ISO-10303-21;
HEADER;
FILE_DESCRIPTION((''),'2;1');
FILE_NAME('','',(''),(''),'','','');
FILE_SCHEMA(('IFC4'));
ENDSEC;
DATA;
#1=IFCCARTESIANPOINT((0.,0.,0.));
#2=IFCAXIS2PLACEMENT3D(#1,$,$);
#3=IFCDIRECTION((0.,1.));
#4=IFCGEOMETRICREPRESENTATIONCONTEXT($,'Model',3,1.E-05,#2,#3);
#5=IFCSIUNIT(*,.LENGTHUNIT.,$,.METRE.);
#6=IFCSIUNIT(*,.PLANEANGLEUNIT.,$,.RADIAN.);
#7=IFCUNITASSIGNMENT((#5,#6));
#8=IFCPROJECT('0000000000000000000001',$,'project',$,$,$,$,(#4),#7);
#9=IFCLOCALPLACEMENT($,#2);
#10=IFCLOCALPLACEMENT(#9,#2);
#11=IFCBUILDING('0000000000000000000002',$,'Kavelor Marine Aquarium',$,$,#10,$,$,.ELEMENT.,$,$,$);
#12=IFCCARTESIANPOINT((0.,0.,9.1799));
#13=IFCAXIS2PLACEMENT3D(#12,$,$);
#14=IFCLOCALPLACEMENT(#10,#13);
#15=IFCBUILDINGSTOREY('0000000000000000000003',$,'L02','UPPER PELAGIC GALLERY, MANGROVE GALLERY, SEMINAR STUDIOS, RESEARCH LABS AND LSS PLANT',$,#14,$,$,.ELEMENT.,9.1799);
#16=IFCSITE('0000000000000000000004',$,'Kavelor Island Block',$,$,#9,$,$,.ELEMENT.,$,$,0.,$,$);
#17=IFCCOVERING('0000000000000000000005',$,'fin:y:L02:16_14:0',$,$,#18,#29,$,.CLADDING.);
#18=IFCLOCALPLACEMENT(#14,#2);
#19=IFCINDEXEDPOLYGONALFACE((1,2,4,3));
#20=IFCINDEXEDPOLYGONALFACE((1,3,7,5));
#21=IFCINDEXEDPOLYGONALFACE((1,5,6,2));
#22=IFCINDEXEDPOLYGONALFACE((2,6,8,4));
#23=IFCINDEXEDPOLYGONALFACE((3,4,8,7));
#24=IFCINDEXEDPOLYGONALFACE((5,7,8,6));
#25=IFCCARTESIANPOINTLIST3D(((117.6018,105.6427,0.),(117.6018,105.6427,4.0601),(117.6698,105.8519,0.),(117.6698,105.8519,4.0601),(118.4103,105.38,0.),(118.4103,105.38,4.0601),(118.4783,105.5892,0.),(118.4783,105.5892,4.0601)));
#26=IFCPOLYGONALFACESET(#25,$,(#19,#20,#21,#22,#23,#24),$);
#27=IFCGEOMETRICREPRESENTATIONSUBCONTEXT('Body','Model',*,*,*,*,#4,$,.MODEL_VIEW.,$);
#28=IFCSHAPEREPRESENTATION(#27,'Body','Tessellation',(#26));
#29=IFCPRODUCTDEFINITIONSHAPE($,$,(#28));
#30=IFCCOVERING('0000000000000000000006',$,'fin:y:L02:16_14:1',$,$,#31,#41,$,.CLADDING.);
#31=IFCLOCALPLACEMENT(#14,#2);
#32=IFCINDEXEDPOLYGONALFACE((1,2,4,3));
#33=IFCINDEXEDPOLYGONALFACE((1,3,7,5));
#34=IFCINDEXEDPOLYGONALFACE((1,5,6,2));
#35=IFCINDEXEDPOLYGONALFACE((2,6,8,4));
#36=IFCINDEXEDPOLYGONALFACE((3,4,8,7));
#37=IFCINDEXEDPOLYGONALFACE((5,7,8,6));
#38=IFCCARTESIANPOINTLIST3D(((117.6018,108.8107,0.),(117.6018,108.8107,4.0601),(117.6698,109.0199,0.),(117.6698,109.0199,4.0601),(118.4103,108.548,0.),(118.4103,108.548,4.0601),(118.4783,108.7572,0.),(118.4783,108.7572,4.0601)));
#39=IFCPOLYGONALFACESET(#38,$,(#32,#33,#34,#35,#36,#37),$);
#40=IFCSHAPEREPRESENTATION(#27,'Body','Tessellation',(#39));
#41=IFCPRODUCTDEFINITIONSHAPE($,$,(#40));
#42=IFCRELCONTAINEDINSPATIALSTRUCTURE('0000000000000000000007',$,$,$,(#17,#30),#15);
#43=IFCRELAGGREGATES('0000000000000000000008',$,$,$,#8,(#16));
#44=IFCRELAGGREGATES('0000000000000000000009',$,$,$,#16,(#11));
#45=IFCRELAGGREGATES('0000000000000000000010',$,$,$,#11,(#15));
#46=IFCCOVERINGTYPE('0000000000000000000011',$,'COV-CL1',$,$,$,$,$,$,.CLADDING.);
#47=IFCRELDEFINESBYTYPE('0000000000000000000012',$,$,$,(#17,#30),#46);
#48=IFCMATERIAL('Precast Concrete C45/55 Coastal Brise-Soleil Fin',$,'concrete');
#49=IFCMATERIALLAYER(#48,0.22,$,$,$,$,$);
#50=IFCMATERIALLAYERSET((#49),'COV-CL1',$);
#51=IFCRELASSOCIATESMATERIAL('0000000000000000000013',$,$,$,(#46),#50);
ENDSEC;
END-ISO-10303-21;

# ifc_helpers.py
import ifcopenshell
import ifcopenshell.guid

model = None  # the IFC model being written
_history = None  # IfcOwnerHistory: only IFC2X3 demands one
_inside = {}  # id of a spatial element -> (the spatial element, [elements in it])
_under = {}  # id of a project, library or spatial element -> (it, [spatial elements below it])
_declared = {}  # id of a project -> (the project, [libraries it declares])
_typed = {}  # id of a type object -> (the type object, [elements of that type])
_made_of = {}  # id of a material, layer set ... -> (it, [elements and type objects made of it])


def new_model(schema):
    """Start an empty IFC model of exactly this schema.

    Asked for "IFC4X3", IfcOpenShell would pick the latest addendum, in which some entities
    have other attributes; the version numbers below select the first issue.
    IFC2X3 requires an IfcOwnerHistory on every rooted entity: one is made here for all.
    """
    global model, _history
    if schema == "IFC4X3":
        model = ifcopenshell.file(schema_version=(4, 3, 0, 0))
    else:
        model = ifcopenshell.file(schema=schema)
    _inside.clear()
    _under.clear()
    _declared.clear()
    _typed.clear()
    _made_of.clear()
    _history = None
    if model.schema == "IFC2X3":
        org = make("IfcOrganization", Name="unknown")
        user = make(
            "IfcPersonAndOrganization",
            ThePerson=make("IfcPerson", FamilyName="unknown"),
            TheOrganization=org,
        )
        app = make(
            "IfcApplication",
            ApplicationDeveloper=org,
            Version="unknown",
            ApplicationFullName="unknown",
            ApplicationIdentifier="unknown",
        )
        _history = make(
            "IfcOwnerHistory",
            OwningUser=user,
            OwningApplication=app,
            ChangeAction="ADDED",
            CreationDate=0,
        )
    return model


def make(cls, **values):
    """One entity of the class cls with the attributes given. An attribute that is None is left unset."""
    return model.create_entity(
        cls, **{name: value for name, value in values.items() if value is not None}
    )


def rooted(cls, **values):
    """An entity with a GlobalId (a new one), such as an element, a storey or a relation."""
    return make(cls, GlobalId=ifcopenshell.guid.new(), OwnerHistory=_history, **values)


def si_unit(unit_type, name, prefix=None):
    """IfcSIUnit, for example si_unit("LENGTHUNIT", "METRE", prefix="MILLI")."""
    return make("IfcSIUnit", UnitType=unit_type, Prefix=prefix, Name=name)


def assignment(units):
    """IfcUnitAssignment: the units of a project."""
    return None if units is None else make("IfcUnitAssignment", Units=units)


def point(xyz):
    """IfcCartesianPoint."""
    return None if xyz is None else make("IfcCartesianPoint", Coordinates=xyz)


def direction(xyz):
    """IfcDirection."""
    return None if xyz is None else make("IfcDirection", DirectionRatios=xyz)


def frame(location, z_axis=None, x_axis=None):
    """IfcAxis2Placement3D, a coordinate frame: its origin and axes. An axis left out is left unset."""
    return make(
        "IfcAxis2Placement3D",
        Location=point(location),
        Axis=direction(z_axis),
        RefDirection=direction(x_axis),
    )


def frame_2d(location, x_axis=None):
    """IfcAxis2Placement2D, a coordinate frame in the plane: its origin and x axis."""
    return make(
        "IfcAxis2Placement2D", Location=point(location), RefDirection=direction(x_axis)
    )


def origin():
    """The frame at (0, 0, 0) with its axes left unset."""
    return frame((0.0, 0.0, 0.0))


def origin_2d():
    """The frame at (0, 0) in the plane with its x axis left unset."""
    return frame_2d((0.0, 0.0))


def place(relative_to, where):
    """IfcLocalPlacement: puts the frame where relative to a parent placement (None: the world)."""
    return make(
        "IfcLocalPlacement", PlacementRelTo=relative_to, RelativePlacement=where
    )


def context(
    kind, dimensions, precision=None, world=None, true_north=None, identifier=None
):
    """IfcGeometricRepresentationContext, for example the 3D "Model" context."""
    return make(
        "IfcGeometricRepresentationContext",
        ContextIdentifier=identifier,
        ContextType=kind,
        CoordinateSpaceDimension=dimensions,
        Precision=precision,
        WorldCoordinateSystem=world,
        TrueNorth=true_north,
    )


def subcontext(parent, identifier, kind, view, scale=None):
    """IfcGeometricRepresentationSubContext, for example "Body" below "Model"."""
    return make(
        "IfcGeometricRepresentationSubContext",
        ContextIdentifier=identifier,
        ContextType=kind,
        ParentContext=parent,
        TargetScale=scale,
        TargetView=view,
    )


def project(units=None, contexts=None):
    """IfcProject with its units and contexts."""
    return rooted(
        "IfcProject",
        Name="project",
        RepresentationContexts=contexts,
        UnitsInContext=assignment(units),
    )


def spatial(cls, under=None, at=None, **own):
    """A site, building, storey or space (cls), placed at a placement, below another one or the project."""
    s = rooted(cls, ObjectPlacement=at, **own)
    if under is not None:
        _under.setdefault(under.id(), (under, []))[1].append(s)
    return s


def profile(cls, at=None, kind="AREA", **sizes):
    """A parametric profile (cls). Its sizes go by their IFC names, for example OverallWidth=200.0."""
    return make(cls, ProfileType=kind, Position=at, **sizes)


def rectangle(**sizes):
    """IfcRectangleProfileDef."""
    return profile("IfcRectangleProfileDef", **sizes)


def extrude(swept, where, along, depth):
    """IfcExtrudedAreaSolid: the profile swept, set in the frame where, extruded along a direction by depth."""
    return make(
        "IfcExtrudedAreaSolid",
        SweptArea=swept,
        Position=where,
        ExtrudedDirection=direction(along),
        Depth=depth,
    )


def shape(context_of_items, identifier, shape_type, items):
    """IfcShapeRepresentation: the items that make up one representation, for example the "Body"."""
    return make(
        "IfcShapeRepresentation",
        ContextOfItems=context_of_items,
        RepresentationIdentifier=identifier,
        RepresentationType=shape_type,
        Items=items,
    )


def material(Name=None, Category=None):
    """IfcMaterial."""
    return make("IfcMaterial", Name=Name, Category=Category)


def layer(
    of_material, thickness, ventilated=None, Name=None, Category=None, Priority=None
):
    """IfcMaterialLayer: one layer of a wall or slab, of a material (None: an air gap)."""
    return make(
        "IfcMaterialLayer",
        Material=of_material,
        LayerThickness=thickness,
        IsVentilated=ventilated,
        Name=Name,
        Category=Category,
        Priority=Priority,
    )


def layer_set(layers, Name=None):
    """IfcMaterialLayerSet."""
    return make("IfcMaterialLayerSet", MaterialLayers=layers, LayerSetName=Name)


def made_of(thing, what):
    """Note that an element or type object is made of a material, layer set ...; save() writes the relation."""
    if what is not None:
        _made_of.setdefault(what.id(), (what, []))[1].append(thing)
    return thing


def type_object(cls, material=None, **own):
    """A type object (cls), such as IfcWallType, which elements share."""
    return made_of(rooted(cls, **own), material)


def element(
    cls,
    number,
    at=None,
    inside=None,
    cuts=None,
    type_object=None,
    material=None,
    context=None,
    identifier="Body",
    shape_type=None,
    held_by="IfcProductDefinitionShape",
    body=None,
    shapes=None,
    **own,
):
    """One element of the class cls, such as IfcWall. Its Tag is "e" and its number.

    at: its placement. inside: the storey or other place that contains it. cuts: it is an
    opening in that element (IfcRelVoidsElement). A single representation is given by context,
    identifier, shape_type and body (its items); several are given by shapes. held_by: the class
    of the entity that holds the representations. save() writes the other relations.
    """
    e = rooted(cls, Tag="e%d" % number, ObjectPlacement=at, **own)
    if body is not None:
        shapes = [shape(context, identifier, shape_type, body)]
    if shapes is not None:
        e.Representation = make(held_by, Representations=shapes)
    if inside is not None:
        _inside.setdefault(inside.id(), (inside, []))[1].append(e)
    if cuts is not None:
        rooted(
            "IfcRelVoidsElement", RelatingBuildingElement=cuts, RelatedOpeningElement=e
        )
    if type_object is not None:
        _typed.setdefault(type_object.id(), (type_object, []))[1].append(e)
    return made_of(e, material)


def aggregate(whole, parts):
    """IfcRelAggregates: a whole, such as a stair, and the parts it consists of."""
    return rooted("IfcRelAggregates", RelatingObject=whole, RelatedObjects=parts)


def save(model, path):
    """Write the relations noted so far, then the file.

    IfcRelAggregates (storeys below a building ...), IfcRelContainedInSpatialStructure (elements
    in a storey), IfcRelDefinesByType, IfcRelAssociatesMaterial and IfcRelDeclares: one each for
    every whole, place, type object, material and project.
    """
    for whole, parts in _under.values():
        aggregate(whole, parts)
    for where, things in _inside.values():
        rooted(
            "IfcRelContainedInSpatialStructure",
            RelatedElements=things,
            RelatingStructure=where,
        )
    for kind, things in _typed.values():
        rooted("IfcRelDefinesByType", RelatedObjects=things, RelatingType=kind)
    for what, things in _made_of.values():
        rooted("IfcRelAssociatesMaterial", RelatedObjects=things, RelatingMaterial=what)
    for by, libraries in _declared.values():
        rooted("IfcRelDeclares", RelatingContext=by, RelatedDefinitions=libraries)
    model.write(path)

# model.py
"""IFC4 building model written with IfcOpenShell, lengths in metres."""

from ifc_helpers import new_model, si_unit, direction, frame, origin, origin_2d, place, context, subcontext, project, spatial, rectangle, extrude, material, layer, layer_set, type_object, element, save


model = new_model("IFC4")

# Units and contexts
model_context = context("Model", 3, precision=1e-05, world=origin(), true_north=direction((0.0, 1.0)))
body_context = subcontext(model_context, "Body", "Model", "MODEL_VIEW")
ifc_project = project(units=[si_unit("LENGTHUNIT", "METRE"), si_unit("PLANEANGLEUNIT", "RADIAN")], contexts=[model_context])

# Site, building, storey
site_placement = place(None, origin())
site = spatial("IfcSite", under=ifc_project, at=site_placement, Name="Kavelor Island Block", CompositionType="ELEMENT", RefElevation=0.0)
building_placement = place(site_placement, origin())
building = spatial("IfcBuilding", under=site, at=building_placement, Name="Kavelor Marine Aquarium", CompositionType="ELEMENT")
storey_placement = place(building_placement, frame((0.0, 0.0, 9.1799)))
storey = spatial("IfcBuildingStorey", under=building, at=storey_placement, Name="L02", Description="UPPER PELAGIC GALLERY, MANGROVE GALLERY, SEMINAR STUDIOS, RESEARCH LABS AND LSS PLANT", CompositionType="ELEMENT", Elevation=9.1799)

# Coverings
ifc_material_1 = material(Name="Precast Concrete C45/55 Coastal Brise-Soleil Fin", Category="concrete")
ifc_layer_1 = layer(ifc_material_1, 0.22)
ifc_layer_set_1 = layer_set([ifc_layer_1], Name="COV-CL1")
covering_type = type_object("IfcCoveringType", Name="COV-CL1", PredefinedType="CLADDING", material=ifc_layer_set_1)
for number, where, z_axis, x_axis, name in (
    (1, (118.04, 105.616, 0.0), (0.0, 0.0, 1.0), (0.951057, -0.309017, 0.0), "fin:y:L02:16_14:0"),
    (2, (118.04, 108.7839, 0.0), (0.0, 0.0, 1.0), (0.951057, -0.309017, 0.0), "fin:y:L02:16_14:1"),
):
    element("IfcCovering", number, at=place(storey_placement, frame(where, z_axis=z_axis, x_axis=x_axis)), inside=storey, type_object=covering_type, Name=name, PredefinedType="CLADDING", context=body_context, shape_type="SweptSolid", body=[
        extrude(rectangle(XDim=0.8501, YDim=0.22, at=origin_2d()), origin(), (0.0, 0.0, 1.0), 4.0601),
    ])

save(model, "model.ifc")
